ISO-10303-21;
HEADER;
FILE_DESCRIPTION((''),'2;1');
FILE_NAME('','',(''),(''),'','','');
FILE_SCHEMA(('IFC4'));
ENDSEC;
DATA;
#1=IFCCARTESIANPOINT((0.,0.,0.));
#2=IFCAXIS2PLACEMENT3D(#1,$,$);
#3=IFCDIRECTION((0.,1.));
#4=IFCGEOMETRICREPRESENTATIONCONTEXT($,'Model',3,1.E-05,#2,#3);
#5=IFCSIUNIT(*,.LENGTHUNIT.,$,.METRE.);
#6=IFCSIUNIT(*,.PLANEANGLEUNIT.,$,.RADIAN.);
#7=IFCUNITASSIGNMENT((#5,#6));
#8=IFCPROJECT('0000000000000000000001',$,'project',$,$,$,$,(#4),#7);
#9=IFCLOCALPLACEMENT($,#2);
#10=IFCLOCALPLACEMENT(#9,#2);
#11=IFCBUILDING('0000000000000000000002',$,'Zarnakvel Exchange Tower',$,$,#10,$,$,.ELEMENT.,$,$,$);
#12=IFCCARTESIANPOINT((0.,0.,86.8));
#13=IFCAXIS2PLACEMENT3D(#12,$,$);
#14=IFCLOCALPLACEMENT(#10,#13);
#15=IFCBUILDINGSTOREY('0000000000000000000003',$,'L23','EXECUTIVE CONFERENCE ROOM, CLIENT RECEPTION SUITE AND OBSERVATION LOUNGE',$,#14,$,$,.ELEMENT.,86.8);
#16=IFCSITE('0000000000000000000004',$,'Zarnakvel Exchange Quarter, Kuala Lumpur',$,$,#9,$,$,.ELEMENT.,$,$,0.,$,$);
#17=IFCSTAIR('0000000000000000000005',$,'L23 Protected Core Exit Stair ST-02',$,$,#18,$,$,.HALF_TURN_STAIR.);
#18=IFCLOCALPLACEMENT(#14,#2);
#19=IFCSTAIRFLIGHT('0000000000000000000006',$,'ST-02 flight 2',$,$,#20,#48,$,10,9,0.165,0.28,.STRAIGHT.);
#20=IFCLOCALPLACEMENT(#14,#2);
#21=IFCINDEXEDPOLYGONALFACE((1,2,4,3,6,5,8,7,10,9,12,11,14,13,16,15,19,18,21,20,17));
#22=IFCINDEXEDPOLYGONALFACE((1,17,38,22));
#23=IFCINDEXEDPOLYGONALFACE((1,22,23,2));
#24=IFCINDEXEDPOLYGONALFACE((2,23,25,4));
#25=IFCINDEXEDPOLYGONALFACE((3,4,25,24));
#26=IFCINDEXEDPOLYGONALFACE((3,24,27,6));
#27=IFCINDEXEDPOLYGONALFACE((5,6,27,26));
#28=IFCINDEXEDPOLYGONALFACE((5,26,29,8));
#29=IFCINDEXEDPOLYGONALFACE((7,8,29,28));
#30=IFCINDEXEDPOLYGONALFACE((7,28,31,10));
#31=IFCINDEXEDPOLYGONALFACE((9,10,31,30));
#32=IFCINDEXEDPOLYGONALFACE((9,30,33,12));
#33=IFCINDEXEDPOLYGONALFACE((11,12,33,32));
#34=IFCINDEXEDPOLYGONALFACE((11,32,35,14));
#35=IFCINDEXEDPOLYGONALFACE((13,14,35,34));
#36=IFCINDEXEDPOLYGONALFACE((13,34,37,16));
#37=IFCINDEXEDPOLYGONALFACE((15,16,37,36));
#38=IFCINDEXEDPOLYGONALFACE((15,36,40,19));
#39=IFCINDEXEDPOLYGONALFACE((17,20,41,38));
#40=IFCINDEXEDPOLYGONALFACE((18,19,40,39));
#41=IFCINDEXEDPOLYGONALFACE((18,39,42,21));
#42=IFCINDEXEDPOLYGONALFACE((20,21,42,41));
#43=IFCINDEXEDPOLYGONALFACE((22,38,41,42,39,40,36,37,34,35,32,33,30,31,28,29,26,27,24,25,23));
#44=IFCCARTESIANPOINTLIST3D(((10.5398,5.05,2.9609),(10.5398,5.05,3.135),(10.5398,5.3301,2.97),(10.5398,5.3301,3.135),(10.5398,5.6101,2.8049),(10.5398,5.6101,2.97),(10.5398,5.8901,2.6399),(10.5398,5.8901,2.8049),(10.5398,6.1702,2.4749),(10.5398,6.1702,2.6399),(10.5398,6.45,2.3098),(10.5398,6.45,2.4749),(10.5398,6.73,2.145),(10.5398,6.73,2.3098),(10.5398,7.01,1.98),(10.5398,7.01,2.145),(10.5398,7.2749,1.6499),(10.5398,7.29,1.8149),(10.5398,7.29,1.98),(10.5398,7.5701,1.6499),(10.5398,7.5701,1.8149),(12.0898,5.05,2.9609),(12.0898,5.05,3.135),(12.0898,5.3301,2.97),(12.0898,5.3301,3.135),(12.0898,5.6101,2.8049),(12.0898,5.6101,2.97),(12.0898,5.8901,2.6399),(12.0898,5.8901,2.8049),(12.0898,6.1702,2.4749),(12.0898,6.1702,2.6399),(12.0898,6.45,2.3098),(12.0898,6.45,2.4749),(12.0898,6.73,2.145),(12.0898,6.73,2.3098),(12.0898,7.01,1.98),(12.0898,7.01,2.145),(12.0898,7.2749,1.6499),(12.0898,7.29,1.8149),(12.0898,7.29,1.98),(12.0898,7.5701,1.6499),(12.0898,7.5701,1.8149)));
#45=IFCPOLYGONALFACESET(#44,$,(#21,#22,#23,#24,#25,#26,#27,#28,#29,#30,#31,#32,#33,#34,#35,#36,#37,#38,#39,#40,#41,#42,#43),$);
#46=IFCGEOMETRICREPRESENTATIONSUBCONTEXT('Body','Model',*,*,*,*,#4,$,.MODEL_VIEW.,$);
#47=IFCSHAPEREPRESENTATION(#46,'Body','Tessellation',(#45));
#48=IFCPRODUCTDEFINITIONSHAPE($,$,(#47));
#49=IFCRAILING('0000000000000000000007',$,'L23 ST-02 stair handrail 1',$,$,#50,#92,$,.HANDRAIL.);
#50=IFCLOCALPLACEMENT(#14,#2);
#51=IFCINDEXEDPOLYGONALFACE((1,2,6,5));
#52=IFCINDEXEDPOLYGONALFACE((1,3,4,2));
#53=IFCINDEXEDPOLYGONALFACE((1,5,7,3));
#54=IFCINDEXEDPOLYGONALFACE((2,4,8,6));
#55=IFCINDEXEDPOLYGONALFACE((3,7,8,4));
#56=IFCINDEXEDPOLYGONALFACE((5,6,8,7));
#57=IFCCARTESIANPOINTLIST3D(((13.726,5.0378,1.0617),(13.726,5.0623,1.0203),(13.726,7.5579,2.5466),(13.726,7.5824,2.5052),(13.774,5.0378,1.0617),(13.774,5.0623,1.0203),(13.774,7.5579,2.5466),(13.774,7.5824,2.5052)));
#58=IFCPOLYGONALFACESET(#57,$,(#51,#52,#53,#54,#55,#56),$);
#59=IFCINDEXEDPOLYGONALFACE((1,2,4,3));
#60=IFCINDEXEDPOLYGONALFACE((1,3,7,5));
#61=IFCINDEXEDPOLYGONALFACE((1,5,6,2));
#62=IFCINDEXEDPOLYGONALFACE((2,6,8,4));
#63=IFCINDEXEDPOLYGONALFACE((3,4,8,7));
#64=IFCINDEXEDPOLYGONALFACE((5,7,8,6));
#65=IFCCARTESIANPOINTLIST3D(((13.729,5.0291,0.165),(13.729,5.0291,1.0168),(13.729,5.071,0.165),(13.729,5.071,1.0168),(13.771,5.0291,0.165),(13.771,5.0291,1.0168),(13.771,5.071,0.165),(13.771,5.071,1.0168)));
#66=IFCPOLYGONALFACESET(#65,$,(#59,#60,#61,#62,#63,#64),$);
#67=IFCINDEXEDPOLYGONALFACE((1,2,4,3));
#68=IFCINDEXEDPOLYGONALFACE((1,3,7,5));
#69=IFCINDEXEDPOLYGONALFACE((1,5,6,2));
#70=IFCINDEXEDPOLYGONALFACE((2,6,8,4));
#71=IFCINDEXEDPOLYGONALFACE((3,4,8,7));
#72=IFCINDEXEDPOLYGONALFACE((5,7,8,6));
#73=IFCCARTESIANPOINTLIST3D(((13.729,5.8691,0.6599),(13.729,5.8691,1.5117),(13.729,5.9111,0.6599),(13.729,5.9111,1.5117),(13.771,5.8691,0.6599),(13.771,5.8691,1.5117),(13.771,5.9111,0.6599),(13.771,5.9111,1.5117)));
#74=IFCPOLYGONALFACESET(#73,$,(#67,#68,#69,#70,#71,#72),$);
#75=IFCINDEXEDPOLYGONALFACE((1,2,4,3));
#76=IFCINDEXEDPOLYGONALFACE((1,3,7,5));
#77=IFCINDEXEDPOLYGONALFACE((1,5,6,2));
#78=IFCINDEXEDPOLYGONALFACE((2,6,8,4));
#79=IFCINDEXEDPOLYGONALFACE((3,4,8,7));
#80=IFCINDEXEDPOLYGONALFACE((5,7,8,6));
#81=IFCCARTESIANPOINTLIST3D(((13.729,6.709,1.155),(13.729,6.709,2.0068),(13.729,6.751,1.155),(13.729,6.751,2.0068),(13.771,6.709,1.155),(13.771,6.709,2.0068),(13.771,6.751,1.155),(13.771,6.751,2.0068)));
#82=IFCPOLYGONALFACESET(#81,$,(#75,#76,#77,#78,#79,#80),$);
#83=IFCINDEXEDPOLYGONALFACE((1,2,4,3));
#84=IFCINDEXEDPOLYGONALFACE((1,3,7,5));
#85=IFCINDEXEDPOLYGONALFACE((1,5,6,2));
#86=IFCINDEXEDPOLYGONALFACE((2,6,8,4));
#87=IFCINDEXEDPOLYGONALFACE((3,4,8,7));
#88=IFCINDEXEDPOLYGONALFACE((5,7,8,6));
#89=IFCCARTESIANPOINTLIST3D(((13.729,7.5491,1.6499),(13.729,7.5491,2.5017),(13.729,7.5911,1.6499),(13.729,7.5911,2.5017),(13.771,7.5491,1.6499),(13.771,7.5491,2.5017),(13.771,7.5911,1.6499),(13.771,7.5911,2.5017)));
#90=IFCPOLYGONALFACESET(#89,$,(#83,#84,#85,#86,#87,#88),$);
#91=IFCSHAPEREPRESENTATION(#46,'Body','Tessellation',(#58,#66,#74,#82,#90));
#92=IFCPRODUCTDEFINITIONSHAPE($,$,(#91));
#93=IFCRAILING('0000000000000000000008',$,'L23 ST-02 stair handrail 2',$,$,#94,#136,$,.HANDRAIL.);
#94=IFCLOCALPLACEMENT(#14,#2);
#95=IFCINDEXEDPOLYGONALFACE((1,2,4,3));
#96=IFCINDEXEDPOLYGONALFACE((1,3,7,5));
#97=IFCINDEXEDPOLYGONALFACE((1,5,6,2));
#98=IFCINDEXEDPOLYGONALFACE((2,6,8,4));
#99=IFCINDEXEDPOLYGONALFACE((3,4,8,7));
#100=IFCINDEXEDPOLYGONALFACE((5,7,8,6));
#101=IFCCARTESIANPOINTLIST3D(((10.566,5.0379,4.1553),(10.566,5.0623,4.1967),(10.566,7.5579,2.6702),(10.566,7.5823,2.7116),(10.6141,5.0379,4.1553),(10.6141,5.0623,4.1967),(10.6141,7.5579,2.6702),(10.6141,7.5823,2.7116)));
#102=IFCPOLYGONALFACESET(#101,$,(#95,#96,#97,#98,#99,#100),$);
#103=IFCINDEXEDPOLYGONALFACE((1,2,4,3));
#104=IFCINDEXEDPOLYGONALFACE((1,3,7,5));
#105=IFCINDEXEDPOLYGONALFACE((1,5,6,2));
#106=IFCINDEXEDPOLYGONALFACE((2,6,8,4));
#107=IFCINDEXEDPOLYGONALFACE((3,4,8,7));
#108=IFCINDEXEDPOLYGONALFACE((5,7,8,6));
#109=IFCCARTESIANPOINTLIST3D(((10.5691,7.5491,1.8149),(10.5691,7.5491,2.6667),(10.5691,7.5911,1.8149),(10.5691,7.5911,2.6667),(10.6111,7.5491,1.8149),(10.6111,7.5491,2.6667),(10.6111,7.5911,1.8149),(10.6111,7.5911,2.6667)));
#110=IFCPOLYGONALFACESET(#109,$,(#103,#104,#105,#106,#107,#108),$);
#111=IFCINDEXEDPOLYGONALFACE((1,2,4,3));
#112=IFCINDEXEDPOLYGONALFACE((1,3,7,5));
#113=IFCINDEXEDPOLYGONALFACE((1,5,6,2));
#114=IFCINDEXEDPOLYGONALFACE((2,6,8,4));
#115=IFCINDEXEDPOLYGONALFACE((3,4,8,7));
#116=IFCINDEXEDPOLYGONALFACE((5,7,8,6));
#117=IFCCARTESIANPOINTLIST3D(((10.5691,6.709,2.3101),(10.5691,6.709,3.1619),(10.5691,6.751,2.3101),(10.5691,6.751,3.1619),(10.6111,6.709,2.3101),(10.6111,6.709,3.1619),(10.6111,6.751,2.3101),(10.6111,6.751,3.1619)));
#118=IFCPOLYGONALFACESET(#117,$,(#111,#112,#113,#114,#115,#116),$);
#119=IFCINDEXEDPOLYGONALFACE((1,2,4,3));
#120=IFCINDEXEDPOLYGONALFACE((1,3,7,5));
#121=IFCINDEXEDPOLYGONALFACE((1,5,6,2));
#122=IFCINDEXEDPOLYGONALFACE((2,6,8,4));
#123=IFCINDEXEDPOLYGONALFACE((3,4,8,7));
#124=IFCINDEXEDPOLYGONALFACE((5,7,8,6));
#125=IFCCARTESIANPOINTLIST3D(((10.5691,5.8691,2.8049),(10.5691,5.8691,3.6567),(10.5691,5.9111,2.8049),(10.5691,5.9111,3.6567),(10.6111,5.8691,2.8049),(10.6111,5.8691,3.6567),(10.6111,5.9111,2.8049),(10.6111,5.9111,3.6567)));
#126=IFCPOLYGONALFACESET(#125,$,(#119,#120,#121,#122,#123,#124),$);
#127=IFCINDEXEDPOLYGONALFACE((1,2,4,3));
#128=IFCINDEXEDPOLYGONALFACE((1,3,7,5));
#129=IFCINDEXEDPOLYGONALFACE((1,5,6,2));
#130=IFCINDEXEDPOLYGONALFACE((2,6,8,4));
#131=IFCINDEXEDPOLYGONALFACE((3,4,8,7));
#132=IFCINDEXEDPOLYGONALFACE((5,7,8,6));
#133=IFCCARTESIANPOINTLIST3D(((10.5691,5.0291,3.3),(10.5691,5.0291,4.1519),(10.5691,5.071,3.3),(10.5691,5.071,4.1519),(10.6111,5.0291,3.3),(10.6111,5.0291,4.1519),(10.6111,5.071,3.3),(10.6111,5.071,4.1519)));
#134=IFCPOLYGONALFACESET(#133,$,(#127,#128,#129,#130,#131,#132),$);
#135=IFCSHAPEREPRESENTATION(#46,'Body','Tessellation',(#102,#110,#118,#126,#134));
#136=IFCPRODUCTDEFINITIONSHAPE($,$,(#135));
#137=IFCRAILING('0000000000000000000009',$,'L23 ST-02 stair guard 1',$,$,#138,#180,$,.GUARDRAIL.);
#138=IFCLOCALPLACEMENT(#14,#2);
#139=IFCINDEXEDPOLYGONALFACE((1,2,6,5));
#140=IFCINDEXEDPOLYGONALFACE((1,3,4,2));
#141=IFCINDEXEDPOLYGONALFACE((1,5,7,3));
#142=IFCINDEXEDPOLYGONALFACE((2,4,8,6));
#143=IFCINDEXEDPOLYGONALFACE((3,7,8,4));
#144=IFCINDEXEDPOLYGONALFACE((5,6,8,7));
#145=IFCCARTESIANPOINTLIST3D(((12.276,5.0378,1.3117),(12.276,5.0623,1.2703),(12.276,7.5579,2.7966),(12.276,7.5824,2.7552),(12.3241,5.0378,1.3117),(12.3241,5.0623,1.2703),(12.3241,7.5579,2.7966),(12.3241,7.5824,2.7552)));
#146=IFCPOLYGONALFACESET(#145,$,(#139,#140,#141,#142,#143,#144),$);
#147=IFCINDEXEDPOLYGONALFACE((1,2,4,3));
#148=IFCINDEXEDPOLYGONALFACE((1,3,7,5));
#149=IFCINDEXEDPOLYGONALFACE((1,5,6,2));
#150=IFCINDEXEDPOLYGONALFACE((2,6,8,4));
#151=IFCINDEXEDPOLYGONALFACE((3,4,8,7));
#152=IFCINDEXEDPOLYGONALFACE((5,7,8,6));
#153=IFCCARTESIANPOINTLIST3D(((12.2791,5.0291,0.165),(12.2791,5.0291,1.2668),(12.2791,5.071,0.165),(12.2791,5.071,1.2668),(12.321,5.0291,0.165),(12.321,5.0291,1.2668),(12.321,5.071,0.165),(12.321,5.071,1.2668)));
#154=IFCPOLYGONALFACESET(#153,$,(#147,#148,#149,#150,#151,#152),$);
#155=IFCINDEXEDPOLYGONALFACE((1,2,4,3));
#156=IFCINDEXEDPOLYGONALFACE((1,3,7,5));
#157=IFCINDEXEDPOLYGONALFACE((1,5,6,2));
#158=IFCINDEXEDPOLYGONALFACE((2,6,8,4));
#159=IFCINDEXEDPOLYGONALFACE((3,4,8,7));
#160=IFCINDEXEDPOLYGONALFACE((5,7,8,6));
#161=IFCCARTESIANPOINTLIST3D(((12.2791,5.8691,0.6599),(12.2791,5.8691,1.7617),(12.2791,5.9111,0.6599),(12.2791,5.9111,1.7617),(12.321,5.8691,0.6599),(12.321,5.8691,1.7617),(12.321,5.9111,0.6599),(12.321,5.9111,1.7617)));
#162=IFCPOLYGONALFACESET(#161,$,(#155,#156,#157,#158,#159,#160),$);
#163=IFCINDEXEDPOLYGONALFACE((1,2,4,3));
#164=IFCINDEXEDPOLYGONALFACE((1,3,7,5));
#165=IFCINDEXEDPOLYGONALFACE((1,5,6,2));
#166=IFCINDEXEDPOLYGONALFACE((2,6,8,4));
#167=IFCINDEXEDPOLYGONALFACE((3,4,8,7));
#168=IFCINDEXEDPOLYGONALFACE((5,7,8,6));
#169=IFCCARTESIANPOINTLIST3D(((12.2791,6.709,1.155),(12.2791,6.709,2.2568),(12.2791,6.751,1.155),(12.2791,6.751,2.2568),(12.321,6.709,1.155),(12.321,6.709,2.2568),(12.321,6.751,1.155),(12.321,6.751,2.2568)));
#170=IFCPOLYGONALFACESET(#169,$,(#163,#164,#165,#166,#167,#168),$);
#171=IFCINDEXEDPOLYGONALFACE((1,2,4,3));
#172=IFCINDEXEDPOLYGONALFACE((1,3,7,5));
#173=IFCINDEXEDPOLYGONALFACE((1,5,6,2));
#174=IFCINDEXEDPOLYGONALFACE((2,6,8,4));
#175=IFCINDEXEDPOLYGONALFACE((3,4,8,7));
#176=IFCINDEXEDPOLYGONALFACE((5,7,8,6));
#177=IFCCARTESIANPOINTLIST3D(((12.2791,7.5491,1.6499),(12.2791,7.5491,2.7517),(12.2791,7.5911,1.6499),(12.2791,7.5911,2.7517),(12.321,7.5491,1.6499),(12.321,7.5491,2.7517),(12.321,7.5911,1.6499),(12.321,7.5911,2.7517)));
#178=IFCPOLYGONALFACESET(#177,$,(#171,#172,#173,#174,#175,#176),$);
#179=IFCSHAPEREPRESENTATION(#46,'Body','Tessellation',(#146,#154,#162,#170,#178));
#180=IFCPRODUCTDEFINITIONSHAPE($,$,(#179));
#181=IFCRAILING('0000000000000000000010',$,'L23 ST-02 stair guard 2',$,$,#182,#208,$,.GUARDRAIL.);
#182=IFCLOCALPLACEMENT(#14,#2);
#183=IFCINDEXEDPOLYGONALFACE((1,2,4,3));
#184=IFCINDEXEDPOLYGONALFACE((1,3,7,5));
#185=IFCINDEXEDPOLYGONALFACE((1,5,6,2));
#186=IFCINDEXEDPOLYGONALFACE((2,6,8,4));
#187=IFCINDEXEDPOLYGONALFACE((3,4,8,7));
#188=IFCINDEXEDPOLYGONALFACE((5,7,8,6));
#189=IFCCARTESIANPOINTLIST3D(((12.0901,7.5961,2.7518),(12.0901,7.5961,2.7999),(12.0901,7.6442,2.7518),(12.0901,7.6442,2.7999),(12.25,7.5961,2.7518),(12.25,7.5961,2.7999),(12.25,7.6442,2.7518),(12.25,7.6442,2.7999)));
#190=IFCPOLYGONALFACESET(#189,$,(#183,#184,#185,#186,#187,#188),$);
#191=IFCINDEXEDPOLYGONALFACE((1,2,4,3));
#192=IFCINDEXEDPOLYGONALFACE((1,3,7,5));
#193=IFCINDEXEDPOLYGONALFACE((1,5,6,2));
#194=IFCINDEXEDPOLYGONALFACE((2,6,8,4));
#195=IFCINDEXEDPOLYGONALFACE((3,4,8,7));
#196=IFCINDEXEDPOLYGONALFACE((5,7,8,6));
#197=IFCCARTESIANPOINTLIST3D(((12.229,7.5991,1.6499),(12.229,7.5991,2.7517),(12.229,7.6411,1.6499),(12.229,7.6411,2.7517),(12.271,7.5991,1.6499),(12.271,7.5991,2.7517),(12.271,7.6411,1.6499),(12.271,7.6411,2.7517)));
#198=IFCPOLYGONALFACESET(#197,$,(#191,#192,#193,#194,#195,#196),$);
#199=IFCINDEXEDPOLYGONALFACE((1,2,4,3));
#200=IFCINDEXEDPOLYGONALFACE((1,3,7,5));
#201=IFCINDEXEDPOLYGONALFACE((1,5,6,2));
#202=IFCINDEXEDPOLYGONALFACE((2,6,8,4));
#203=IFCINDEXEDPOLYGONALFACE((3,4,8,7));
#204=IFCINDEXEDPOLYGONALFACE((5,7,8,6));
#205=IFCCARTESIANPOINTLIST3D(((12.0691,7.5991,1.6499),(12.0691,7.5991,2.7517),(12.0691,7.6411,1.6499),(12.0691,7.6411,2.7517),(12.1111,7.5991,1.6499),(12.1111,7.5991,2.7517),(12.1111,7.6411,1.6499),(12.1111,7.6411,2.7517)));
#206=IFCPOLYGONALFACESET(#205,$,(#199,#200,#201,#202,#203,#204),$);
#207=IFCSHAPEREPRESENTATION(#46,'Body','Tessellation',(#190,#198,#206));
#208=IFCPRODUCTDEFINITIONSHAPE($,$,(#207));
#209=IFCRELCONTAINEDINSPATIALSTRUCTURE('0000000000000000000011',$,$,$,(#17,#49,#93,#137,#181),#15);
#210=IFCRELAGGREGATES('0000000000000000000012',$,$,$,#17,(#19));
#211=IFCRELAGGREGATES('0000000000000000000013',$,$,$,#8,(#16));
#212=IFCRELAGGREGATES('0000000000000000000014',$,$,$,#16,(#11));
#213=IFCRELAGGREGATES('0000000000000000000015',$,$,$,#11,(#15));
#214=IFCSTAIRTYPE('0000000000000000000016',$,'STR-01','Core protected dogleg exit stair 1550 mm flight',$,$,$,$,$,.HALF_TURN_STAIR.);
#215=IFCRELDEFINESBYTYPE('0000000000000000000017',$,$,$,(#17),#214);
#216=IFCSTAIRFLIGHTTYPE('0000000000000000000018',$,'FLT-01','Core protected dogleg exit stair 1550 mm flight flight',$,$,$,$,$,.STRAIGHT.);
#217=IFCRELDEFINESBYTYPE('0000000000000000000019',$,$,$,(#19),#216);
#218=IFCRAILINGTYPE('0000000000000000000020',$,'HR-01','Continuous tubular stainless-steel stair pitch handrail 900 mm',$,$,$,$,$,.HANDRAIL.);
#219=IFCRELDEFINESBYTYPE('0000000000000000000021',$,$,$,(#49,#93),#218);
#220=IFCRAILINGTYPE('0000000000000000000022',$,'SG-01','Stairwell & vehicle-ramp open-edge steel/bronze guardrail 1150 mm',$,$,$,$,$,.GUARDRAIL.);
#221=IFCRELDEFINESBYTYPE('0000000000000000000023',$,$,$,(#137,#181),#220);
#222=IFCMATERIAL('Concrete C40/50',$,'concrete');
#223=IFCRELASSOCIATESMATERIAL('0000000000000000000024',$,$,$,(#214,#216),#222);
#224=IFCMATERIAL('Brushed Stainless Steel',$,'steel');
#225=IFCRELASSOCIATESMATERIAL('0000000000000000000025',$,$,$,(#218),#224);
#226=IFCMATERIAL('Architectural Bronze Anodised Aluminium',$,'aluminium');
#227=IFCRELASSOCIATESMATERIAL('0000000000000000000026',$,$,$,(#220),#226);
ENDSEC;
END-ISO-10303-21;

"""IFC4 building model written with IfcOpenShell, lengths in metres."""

from ifc_helpers import new_model, si_unit, direction, frame, origin, origin_2d, place, context, subcontext, project, spatial, polyline, rectangle, outline, extrude, material, type_object, element, aggregate, save


model = new_model("IFC4")

# Units and contexts
model_context = context("Model", 3, precision=1e-05, world=origin(), true_north=direction((0.0, 1.0)))
body_context = subcontext(model_context, "Body", "Model", "MODEL_VIEW")
ifc_project = project(units=[si_unit("LENGTHUNIT", "METRE"), si_unit("PLANEANGLEUNIT", "RADIAN")], contexts=[model_context])

# Site, building, storey
site_placement = place(None, origin())
site = spatial("IfcSite", under=ifc_project, at=site_placement, Name="Zarnakvel Exchange Quarter, Kuala Lumpur", CompositionType="ELEMENT", RefElevation=0.0)
building_placement = place(site_placement, origin())
building = spatial("IfcBuilding", under=site, at=building_placement, Name="Zarnakvel Exchange Tower", CompositionType="ELEMENT")
storey_placement = place(building_placement, frame((0.0, 0.0, 86.8)))
storey = spatial("IfcBuildingStorey", under=building, at=storey_placement, Name="L23", Description="EXECUTIVE CONFERENCE ROOM, CLIENT RECEPTION SUITE AND OBSERVATION LOUNGE", CompositionType="ELEMENT", Elevation=86.8)

# Shared definitions
ifc_material_1 = material(Name="Concrete C40/50", Category="concrete")
ifc_material_2 = material(Name="Brushed Stainless Steel", Category="steel")

# Stair, stair flight
stair_type = type_object("IfcStairType", Name="STR-01", Description="Core protected dogleg exit stair 1550 mm flight", PredefinedType="HALF_TURN_STAIR", material=ifc_material_1)
stair_placement = place(storey_placement, origin())
stair = element("IfcStair", 1, at=stair_placement, inside=storey, type_object=stair_type, Name="L23 Protected Core Exit Stair ST-02", PredefinedType="HALF_TURN_STAIR")
stair_flight_type = type_object("IfcStairFlightType", Name="FLT-01", Description="Core protected dogleg exit stair 1550 mm flight flight", PredefinedType="STRAIGHT", material=ifc_material_1)
stair_flight_1_placement = place(storey_placement, frame((11.3149, 7.5701, 1.6499), z_axis=(0.0, 0.0, 1.0), x_axis=(0.0, -1.0, 0.0)))
stair_flight_1 = element("IfcStairFlight", 2, at=stair_flight_1_placement, type_object=stair_flight_type, Name="ST-02 flight 2", NumberOfRisers=10, NumberOfTreads=9, PredefinedType="STRAIGHT", RiserHeight=0.165, TreadLength=0.28, context=body_context, shape_type="SweptSolid", body=[
    extrude(outline(polyline([(0.0, 0.0), (0.0, 0.165), (0.28, 0.165), (0.28, 0.3301), (0.5601, 0.3301), (0.5601, 0.4951), (0.8401, 0.4951), (0.8401, 0.6599), (1.1201, 0.6599), (1.1201, 0.825), (1.3999, 0.825), (1.3999, 0.99), (1.6799, 0.99), (1.6799, 1.155), (1.96, 1.155), (1.96, 1.3201), (2.24, 1.3201), (2.24, 1.4851), (2.52, 1.4851), (2.52, 1.6499), (2.52, 1.311), (0.2952, 0.0), (0.0, 0.0)])), frame((0.0, 0.7749, 0.0), z_axis=(0.0, -1.0, 0.0), x_axis=(1.0, 0.0, 0.0)), (0.0, 0.0, 1.0), 1.55),
])
aggregate(stair, [stair_flight_1])

# Railings
railing_type_1 = type_object("IfcRailingType", Name="HR-01", Description="Continuous tubular stainless-steel stair pitch handrail 900 mm", PredefinedType="HANDRAIL", material=ifc_material_2)
railing_1_placement = place(storey_placement, frame((13.75, 5.05, 0.165)))
element("IfcRailing", 3, at=railing_1_placement, inside=storey, type_object=railing_type_1, Name="L23 ST-02 stair handrail 1", PredefinedType="HANDRAIL", context=body_context, shape_type="SweptSolid", body=[
    extrude(rectangle(XDim=0.0481, YDim=0.0481, at=origin_2d()), frame((0.0, 0.0, 0.876), z_axis=(0.0, 0.861561, 0.507655), x_axis=(-1.0, 0.0, 0.0)), (0.0, 0.0, 1.0), 2.925),
    extrude(rectangle(XDim=0.042, YDim=0.042, at=origin_2d()), origin(), (0.0, 0.0, 1.0), 0.8518),
    extrude(rectangle(XDim=0.042, YDim=0.042, at=origin_2d()), frame((0.0, 0.8401, 0.4949)), (0.0, 0.0, 1.0), 0.8518),
    extrude(rectangle(XDim=0.042, YDim=0.042, at=origin_2d()), frame((0.0, 1.6799, 0.99)), (0.0, 0.0, 1.0), 0.8518),
    extrude(rectangle(XDim=0.042, YDim=0.042, at=origin_2d()), frame((0.0, 2.52, 1.4849)), (0.0, 0.0, 1.0), 0.8518),
])
railing_2_placement = place(storey_placement, frame((10.5901, 7.5701, 1.8149)))
element("IfcRailing", 4, at=railing_2_placement, inside=storey, type_object=railing_type_1, Name="L23 ST-02 stair handrail 2", PredefinedType="HANDRAIL", context=body_context, shape_type="SweptSolid", body=[
    extrude(rectangle(XDim=0.0481, YDim=0.0481, at=origin_2d()), frame((0.0, 0.0, 0.876), z_axis=(0.0, -0.861524, 0.507717), x_axis=(1.0, 0.0, 0.0)), (0.0, 0.0, 1.0), 2.925),
    extrude(rectangle(XDim=0.042, YDim=0.042, at=origin_2d()), origin(), (0.0, 0.0, 1.0), 0.8518),
    extrude(rectangle(XDim=0.042, YDim=0.042, at=origin_2d()), frame((0.0, -0.8401, 0.4951)), (0.0, 0.0, 1.0), 0.8518),
    extrude(rectangle(XDim=0.042, YDim=0.042, at=origin_2d()), frame((0.0, -1.6799, 0.99)), (0.0, 0.0, 1.0), 0.8518),
    extrude(rectangle(XDim=0.042, YDim=0.042, at=origin_2d()), frame((0.0, -2.52, 1.4851)), (0.0, 0.0, 1.0), 0.8518),
])
ifc_material_3 = material(Name="Architectural Bronze Anodised Aluminium", Category="aluminium")
railing_type_2 = type_object("IfcRailingType", Name="SG-01", Description="Stairwell & vehicle-ramp open-edge steel/bronze guardrail 1150 mm", PredefinedType="GUARDRAIL", material=ifc_material_3)
railing_3_placement = place(storey_placement, frame((12.3, 5.05, 0.165)))
element("IfcRailing", 5, at=railing_3_placement, inside=storey, type_object=railing_type_2, Name="L23 ST-02 stair guard 1", PredefinedType="GUARDRAIL", context=body_context, shape_type="SweptSolid", body=[
    extrude(rectangle(XDim=0.0481, YDim=0.0481, at=origin_2d()), frame((0.0, 0.0, 1.126), z_axis=(0.0, 0.861561, 0.507655), x_axis=(-1.0, 0.0, 0.0)), (0.0, 0.0, 1.0), 2.925),
    extrude(rectangle(XDim=0.042, YDim=0.042, at=origin_2d()), origin(), (0.0, 0.0, 1.0), 1.1018),
    extrude(rectangle(XDim=0.042, YDim=0.042, at=origin_2d()), frame((0.0, 0.8401, 0.4949)), (0.0, 0.0, 1.0), 1.1018),
    extrude(rectangle(XDim=0.042, YDim=0.042, at=origin_2d()), frame((0.0, 1.6799, 0.99)), (0.0, 0.0, 1.0), 1.1018),
    extrude(rectangle(XDim=0.042, YDim=0.042, at=origin_2d()), frame((0.0, 2.52, 1.4849)), (0.0, 0.0, 1.0), 1.1018),
])
railing_4_placement = place(storey_placement, frame((12.25, 7.6201, 1.6499)))
element("IfcRailing", 6, at=railing_4_placement, inside=storey, type_object=railing_type_2, Name="L23 ST-02 stair guard 2", PredefinedType="GUARDRAIL", context=body_context, shape_type="SweptSolid", body=[
    extrude(rectangle(XDim=0.0481, YDim=0.0481, at=origin_2d()), frame((0.0, 0.0, 1.126), z_axis=(-1.0, 0.0, 0.0), x_axis=(0.0, -1.0, 0.0)), (0.0, 0.0, 1.0), 0.1599),
    extrude(rectangle(XDim=0.042, YDim=0.042, at=origin_2d()), origin(), (0.0, 0.0, 1.0), 1.1018),
    extrude(rectangle(XDim=0.042, YDim=0.042, at=origin_2d()), frame((-0.1599, 0.0, 0.0)), (0.0, 0.0, 1.0), 1.1018),
])

save(model, "model.ifc")
